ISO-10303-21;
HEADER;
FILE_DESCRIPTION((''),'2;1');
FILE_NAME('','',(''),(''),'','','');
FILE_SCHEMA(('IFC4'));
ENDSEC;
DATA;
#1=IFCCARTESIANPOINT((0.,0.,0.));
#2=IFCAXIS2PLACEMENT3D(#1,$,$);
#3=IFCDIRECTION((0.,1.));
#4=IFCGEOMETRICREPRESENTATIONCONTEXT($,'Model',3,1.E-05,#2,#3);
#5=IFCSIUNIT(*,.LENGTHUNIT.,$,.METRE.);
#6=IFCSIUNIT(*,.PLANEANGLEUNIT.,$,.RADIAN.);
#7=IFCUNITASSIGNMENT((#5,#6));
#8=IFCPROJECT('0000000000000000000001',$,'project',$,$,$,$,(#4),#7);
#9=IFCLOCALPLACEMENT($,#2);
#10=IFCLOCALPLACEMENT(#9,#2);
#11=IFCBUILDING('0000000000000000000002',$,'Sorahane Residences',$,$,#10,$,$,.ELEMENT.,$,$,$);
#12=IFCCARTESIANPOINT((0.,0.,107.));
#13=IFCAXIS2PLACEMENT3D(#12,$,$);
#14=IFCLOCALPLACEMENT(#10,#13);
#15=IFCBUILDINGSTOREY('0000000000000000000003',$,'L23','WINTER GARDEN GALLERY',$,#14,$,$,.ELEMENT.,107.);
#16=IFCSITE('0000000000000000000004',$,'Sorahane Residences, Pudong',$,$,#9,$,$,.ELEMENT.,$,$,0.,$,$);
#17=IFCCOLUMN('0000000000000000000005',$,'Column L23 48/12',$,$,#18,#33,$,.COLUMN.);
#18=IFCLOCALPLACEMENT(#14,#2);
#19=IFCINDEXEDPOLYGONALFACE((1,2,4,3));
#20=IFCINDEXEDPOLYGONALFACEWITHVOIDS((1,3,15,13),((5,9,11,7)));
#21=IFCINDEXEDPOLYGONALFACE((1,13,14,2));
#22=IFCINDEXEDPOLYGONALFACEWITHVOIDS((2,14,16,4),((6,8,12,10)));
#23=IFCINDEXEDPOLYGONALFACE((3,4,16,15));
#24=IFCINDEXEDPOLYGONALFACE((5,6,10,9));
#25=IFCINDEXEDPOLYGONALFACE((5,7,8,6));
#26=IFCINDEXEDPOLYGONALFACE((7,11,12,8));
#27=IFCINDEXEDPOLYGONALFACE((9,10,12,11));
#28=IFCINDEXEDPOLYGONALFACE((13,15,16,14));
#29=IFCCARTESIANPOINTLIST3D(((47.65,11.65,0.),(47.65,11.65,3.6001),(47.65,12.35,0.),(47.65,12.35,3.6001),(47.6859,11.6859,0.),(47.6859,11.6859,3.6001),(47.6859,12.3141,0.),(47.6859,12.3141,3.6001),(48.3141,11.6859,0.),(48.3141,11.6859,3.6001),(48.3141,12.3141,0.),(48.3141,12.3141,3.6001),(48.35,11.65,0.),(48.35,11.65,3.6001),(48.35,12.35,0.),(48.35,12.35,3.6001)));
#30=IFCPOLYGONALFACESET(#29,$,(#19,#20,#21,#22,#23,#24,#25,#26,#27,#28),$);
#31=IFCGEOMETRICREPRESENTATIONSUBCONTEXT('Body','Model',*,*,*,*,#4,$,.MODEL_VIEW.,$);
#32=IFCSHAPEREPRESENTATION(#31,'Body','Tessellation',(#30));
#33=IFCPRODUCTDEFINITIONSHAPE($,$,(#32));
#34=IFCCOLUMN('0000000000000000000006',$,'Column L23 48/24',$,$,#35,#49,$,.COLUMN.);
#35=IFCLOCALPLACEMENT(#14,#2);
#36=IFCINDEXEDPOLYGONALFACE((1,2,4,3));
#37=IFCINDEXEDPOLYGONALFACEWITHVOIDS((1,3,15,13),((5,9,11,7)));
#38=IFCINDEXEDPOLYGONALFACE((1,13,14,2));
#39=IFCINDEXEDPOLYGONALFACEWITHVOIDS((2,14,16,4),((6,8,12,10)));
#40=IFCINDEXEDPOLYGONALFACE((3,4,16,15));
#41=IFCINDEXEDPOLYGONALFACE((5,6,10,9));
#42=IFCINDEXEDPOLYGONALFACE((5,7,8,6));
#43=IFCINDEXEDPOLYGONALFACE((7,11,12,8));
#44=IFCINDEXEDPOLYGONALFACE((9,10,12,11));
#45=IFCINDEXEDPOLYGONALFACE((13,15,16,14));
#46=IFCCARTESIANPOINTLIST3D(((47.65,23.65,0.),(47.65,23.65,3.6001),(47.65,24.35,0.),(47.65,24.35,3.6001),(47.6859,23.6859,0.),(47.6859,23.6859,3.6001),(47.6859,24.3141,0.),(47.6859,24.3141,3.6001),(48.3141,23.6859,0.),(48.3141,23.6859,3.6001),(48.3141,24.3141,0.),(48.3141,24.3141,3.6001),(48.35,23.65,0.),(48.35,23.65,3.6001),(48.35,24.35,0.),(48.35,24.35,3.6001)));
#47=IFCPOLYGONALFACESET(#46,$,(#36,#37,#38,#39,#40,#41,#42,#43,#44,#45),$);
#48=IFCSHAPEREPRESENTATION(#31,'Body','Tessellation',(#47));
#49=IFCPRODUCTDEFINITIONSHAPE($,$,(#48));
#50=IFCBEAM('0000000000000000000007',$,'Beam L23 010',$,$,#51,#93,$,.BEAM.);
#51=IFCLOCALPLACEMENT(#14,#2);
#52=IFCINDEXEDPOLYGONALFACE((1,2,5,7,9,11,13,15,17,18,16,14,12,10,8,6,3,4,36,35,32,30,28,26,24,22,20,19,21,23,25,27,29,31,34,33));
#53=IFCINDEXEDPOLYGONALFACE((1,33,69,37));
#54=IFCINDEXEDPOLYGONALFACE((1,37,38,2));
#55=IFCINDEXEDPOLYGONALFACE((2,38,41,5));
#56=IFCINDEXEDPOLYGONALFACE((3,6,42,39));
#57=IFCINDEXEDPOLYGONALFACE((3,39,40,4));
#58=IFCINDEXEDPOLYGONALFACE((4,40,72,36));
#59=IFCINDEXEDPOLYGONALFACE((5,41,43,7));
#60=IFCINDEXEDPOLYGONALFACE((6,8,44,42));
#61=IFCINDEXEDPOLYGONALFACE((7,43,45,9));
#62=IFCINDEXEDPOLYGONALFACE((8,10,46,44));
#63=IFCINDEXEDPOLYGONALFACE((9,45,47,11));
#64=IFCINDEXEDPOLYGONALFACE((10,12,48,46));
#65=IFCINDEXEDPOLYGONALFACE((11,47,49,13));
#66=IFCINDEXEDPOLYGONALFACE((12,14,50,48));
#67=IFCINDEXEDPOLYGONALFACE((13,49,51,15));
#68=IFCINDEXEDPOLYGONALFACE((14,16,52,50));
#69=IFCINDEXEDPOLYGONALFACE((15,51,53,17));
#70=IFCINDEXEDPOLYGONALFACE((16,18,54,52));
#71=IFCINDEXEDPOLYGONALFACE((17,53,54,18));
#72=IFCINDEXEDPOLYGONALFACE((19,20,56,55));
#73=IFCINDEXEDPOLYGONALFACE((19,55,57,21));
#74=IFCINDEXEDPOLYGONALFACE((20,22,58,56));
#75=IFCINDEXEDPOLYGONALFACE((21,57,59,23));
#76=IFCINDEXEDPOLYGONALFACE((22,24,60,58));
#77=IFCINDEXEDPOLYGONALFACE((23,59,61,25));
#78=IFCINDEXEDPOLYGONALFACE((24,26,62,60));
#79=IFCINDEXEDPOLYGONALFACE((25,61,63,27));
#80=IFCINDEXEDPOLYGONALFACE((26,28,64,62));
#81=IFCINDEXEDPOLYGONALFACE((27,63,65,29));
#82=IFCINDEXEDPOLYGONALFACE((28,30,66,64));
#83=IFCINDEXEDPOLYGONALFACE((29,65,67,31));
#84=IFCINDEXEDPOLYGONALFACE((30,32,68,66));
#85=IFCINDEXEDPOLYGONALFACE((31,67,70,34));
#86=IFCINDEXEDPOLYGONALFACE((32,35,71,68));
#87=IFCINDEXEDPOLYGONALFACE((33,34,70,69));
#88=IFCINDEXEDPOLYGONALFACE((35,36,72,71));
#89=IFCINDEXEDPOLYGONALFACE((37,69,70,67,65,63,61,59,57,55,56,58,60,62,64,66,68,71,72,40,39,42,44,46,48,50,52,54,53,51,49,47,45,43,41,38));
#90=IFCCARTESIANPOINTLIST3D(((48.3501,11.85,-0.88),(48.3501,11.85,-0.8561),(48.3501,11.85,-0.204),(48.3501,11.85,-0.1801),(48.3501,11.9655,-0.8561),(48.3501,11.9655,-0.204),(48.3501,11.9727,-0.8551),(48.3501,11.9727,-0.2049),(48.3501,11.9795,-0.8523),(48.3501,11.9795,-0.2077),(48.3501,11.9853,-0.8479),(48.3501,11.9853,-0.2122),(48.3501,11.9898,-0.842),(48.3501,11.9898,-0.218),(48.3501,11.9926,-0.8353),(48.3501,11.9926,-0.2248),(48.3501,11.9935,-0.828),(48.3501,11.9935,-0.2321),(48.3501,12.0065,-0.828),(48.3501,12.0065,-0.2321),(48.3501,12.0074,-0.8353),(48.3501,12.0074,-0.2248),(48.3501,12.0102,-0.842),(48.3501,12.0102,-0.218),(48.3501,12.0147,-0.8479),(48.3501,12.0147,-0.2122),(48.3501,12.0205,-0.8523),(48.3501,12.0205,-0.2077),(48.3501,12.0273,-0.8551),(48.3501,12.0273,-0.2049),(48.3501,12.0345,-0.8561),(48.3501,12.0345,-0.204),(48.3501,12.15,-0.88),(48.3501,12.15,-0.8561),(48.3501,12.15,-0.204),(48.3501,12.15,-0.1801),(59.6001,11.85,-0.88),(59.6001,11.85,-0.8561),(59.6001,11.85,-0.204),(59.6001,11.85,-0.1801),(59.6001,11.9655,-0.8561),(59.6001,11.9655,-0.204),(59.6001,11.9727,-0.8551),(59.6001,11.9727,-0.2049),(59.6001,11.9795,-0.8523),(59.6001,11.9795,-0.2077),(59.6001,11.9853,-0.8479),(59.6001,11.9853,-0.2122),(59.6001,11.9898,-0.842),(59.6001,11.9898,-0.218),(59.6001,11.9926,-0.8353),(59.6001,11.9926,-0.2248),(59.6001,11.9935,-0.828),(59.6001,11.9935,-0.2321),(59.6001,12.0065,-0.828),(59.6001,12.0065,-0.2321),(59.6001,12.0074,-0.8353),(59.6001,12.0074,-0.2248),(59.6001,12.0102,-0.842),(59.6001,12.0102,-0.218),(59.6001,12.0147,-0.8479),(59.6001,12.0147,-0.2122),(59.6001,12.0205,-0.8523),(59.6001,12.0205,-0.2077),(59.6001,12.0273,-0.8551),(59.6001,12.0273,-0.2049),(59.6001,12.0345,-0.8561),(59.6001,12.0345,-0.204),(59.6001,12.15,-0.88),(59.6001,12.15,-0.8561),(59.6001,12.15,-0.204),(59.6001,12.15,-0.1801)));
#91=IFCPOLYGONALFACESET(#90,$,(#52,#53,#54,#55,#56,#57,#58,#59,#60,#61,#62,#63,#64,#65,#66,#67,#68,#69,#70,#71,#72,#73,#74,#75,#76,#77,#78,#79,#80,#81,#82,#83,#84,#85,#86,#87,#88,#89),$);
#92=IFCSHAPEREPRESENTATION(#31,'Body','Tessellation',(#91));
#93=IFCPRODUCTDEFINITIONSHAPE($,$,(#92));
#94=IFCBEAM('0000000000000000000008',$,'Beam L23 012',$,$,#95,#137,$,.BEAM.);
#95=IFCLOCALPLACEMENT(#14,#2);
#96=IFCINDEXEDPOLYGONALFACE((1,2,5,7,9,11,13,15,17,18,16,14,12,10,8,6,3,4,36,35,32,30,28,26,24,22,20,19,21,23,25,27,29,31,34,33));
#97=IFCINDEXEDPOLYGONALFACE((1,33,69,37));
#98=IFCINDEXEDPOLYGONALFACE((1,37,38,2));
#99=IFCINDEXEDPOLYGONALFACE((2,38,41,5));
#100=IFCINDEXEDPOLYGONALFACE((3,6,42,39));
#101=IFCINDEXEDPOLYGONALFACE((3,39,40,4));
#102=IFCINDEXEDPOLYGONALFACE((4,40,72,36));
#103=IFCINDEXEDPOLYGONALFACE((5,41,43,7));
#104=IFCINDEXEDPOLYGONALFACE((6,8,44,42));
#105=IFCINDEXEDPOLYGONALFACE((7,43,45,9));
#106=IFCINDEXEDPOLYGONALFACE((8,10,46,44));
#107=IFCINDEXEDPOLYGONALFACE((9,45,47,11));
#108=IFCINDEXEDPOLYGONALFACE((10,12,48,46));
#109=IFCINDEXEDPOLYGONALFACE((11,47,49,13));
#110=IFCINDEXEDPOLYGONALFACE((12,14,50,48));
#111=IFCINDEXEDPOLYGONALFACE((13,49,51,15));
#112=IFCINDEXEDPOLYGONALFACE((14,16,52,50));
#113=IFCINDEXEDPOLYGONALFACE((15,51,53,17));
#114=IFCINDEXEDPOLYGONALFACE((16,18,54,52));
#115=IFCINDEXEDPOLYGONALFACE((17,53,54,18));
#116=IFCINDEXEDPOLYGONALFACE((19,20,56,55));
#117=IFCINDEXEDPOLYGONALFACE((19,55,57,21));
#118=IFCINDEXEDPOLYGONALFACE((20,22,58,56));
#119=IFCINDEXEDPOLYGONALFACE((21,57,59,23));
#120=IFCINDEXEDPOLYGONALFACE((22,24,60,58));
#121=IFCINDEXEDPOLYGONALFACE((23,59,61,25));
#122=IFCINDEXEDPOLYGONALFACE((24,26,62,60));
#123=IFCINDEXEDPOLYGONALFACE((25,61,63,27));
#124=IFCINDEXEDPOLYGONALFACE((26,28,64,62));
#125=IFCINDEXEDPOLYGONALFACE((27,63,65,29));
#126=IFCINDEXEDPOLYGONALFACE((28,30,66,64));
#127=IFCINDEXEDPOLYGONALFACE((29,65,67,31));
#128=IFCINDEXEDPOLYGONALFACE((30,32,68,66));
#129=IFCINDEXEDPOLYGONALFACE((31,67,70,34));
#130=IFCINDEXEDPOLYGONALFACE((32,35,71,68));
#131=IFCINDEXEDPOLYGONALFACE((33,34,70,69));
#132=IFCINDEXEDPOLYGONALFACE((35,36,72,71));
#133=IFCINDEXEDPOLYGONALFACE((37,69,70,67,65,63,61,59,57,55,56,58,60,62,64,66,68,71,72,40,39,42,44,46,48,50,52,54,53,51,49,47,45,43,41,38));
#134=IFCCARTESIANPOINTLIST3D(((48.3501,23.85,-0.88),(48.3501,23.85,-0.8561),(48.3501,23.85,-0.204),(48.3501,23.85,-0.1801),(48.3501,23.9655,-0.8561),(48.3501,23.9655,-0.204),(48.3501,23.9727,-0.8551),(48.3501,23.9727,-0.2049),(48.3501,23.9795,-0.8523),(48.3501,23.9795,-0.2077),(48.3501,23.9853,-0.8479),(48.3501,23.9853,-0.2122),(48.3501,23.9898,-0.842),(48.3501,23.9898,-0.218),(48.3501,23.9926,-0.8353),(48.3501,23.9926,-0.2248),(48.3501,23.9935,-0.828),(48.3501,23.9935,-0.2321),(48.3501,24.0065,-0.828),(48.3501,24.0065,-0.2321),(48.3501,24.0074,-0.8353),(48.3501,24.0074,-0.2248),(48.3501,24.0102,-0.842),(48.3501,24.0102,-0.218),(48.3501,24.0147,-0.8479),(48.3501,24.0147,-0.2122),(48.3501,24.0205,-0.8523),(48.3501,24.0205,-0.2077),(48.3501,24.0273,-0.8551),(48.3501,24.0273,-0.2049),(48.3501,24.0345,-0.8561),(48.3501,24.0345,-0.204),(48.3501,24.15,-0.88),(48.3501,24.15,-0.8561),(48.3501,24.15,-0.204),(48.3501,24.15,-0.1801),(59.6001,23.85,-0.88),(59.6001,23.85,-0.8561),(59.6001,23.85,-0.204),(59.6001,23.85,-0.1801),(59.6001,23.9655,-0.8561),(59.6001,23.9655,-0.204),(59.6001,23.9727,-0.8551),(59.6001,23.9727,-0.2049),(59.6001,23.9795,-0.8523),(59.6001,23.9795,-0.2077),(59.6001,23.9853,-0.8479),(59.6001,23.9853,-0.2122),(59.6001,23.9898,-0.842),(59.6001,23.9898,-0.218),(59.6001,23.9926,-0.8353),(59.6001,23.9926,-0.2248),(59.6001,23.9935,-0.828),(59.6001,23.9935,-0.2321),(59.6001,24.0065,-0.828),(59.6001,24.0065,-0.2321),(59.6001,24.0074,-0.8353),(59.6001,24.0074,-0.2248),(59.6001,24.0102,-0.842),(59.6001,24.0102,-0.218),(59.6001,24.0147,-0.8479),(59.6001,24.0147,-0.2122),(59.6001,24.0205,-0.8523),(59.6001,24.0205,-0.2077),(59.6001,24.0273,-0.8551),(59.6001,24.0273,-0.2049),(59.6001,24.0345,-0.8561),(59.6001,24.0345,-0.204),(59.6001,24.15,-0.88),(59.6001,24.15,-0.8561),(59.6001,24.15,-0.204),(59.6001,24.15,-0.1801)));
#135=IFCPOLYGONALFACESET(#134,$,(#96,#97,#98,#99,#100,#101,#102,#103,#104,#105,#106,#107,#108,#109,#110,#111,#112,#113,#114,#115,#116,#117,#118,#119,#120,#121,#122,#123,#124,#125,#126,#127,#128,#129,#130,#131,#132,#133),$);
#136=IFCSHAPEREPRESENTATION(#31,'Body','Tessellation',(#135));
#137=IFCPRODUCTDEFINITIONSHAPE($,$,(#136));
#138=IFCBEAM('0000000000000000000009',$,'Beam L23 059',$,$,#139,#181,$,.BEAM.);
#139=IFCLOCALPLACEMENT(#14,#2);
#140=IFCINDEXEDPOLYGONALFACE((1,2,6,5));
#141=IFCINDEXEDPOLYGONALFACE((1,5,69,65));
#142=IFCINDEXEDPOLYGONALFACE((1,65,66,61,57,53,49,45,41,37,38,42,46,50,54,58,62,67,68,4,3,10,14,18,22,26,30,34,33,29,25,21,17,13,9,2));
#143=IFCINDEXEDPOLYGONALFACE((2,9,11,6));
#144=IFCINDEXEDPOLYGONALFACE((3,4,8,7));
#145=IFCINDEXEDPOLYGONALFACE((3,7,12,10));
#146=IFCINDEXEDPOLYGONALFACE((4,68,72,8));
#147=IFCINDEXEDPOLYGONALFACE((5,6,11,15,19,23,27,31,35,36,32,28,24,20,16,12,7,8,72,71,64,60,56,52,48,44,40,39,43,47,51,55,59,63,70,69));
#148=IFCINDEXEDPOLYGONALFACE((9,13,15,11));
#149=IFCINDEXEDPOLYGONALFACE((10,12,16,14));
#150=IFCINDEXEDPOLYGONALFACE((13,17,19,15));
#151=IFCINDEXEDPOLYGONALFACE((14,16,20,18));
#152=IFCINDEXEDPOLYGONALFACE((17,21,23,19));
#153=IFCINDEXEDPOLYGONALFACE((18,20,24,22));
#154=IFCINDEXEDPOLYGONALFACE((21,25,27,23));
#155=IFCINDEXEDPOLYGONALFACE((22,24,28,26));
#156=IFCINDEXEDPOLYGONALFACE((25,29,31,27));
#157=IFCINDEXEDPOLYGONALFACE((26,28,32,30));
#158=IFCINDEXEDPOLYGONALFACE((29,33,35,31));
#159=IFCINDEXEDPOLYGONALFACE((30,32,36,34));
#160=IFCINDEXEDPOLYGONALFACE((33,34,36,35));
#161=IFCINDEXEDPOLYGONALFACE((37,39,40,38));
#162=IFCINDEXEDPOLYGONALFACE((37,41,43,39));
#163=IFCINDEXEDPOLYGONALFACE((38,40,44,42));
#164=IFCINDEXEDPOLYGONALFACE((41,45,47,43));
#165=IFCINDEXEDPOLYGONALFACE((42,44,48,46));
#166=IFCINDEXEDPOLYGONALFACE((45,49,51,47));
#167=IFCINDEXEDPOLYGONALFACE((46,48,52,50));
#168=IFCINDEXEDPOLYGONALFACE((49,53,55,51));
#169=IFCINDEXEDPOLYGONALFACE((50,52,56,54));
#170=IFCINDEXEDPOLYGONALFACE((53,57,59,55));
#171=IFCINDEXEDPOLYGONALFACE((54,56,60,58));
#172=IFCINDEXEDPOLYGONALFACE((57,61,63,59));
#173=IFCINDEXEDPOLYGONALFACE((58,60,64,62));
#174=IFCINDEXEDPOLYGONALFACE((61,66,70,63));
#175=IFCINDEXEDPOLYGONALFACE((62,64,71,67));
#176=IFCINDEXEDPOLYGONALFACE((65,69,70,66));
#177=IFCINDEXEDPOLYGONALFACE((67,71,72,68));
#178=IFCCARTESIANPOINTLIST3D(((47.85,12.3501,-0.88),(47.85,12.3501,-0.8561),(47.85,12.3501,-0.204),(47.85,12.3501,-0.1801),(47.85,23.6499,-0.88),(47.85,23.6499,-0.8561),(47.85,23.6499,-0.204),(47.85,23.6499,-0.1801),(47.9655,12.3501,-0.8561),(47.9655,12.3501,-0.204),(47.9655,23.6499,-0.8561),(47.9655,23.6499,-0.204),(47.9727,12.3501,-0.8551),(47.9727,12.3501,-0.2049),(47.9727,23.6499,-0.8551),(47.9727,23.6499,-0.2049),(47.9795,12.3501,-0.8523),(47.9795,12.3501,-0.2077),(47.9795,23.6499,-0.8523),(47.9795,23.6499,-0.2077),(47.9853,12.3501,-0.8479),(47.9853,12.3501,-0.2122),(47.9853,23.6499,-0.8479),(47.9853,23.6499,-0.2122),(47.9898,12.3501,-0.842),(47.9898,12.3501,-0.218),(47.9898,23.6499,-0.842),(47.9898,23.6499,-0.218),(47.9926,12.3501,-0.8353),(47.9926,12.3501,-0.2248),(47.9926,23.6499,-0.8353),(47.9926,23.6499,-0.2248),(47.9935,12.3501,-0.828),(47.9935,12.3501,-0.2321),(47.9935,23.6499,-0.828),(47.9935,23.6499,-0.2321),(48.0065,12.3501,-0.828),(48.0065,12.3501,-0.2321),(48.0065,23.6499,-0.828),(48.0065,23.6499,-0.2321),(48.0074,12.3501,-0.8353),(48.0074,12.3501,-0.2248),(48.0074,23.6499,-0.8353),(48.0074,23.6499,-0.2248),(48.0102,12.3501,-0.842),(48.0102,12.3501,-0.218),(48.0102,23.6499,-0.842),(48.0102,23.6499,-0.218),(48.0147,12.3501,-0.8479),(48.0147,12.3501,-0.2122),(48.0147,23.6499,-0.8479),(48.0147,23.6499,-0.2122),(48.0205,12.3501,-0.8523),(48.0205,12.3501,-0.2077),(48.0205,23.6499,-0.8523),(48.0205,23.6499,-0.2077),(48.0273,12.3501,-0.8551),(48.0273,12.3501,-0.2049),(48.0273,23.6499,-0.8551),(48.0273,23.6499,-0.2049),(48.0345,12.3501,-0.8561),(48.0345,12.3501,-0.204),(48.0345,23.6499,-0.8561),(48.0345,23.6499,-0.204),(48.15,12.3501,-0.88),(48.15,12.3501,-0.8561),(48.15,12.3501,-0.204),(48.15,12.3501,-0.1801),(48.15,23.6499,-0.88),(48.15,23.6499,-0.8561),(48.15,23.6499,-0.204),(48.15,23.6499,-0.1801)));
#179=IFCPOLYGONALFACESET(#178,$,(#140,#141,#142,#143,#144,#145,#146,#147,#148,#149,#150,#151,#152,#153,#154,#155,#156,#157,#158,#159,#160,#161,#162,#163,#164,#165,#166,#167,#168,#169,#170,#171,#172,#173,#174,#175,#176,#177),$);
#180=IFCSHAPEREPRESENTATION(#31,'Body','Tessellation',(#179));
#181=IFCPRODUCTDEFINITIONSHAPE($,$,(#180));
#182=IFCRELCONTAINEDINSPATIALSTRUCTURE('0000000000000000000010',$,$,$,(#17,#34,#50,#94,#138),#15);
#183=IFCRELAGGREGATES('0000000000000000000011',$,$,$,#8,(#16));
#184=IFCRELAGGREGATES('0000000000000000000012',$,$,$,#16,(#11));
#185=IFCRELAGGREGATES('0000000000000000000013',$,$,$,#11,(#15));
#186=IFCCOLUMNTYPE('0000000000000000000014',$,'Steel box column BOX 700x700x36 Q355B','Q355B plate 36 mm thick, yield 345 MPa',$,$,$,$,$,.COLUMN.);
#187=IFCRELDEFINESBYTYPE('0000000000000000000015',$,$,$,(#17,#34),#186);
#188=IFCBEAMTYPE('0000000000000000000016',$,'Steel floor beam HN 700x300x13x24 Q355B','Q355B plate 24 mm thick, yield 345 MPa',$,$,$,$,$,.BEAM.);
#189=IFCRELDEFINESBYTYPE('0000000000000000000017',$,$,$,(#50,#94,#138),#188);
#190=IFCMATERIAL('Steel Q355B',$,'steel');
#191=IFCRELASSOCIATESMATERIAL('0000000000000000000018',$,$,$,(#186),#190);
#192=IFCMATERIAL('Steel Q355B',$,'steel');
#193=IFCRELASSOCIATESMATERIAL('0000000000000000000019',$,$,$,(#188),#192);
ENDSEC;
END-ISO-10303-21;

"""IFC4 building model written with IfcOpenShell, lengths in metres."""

from ifc_helpers import new_model, si_unit, direction, frame, origin, origin_2d, place, context, subcontext, project, spatial, hollow_rectangle, i_section, extrude, material, material_profile, profile_set, type_object, element, save


model = new_model("IFC4")

# Units and contexts
model_context = context("Model", 3, precision=1e-05, world=origin(), true_north=direction((0.0, 1.0)))
body_context = subcontext(model_context, "Body", "Model", "MODEL_VIEW")
ifc_project = project(units=[si_unit("LENGTHUNIT", "METRE"), si_unit("PLANEANGLEUNIT", "RADIAN")], contexts=[model_context])

# Site, building, storey
site_placement = place(None, origin())
site = spatial("IfcSite", under=ifc_project, at=site_placement, Name="Sorahane Residences, Pudong", CompositionType="ELEMENT", RefElevation=0.0)
building_placement = place(site_placement, origin())
building = spatial("IfcBuilding", under=site, at=building_placement, Name="Sorahane Residences", CompositionType="ELEMENT")
storey_placement = place(building_placement, frame((0.0, 0.0, 107.0)))
storey = spatial("IfcBuildingStorey", under=building, at=storey_placement, Name="L23", Description="WINTER GARDEN GALLERY", CompositionType="ELEMENT", Elevation=107.0)

# Columns
ifc_material_1 = material(Name="Steel Q355B", Category="steel")
ifc_material_profile_1 = material_profile(ifc_material_1, hollow_rectangle(XDim=0.7, YDim=0.7, WallThickness=0.0359, at=origin_2d()), Name="BOX 700x700x36")
ifc_profile_set_1 = profile_set([ifc_material_profile_1], Name="Steel Q355B")
column_type = type_object("IfcColumnType", Name="Steel box column BOX 700x700x36 Q355B", Description="Q355B plate 36 mm thick, yield 345 MPa", PredefinedType="COLUMN", material=ifc_profile_set_1)
for number, where, z_axis, x_axis, name in (
    (1, (48.0, 12.0, 0.0), (0.0, 0.0, 1.0), (1.0, 0.0, 0.0), "Column L23 48/12"),
    (2, (48.0, 24.0, 0.0), (0.0, 0.0, 1.0), (1.0, 0.0, 0.0), "Column L23 48/24"),
):
    element("IfcColumn", number, at=place(storey_placement, frame(where, z_axis=z_axis, x_axis=x_axis)), inside=storey, type_object=column_type, Name=name, PredefinedType="COLUMN", context=body_context, shape_type="SweptSolid", body=[
        extrude(hollow_rectangle(XDim=0.7, YDim=0.7, WallThickness=0.0359, at=origin_2d()), origin(), (0.0, 0.0, 1.0), 3.6001),
    ])

# Beams
ifc_material_2 = material(Name="Steel Q355B", Category="steel")
ifc_material_profile_2 = material_profile(ifc_material_2, i_section(OverallWidth=0.3, OverallDepth=0.7, WebThickness=0.0129, FlangeThickness=0.0239, FilletRadius=0.0281, at=origin_2d()), Name="HN 700x300x13x24")
ifc_profile_set_2 = profile_set([ifc_material_profile_2], Name="Steel Q355B")
beam_type = type_object("IfcBeamType", Name="Steel floor beam HN 700x300x13x24 Q355B", Description="Q355B plate 24 mm thick, yield 345 MPa", PredefinedType="BEAM", material=ifc_profile_set_2)
for number, where, z_axis, x_axis, name in (
    (3, (48.3501, 12.0, -0.53), (1.0, 0.0, 0.0), (0.0, 1.0, 0.0), "Beam L23 010"),
    (4, (48.3501, 24.0, -0.53), (1.0, 0.0, 0.0), (0.0, 1.0, 0.0), "Beam L23 012"),
):
    element("IfcBeam", number, at=place(storey_placement, frame(where, z_axis=z_axis, x_axis=x_axis)), inside=storey, type_object=beam_type, Name=name, PredefinedType="BEAM", context=body_context, shape_type="SweptSolid", body=[
        extrude(i_section(OverallWidth=0.3, OverallDepth=0.7, WebThickness=0.0129, FlangeThickness=0.0239, FilletRadius=0.0281, at=origin_2d()), origin(), (0.0, 0.0, 1.0), 11.25),
    ])
beam_1_placement = place(storey_placement, frame((48.0, 12.3501, -0.53), z_axis=(0.0, 1.0, 0.0), x_axis=(-1.0, 0.0, 0.0)))
element("IfcBeam", 5, at=beam_1_placement, inside=storey, type_object=beam_type, Name="Beam L23 059", PredefinedType="BEAM", context=body_context, shape_type="SweptSolid", body=[
    extrude(i_section(OverallWidth=0.3, OverallDepth=0.7, WebThickness=0.0129, FlangeThickness=0.0239, FilletRadius=0.0281, at=origin_2d()), origin(), (0.0, 0.0, 1.0), 11.2998),
])

save(model, "model.ifc")
